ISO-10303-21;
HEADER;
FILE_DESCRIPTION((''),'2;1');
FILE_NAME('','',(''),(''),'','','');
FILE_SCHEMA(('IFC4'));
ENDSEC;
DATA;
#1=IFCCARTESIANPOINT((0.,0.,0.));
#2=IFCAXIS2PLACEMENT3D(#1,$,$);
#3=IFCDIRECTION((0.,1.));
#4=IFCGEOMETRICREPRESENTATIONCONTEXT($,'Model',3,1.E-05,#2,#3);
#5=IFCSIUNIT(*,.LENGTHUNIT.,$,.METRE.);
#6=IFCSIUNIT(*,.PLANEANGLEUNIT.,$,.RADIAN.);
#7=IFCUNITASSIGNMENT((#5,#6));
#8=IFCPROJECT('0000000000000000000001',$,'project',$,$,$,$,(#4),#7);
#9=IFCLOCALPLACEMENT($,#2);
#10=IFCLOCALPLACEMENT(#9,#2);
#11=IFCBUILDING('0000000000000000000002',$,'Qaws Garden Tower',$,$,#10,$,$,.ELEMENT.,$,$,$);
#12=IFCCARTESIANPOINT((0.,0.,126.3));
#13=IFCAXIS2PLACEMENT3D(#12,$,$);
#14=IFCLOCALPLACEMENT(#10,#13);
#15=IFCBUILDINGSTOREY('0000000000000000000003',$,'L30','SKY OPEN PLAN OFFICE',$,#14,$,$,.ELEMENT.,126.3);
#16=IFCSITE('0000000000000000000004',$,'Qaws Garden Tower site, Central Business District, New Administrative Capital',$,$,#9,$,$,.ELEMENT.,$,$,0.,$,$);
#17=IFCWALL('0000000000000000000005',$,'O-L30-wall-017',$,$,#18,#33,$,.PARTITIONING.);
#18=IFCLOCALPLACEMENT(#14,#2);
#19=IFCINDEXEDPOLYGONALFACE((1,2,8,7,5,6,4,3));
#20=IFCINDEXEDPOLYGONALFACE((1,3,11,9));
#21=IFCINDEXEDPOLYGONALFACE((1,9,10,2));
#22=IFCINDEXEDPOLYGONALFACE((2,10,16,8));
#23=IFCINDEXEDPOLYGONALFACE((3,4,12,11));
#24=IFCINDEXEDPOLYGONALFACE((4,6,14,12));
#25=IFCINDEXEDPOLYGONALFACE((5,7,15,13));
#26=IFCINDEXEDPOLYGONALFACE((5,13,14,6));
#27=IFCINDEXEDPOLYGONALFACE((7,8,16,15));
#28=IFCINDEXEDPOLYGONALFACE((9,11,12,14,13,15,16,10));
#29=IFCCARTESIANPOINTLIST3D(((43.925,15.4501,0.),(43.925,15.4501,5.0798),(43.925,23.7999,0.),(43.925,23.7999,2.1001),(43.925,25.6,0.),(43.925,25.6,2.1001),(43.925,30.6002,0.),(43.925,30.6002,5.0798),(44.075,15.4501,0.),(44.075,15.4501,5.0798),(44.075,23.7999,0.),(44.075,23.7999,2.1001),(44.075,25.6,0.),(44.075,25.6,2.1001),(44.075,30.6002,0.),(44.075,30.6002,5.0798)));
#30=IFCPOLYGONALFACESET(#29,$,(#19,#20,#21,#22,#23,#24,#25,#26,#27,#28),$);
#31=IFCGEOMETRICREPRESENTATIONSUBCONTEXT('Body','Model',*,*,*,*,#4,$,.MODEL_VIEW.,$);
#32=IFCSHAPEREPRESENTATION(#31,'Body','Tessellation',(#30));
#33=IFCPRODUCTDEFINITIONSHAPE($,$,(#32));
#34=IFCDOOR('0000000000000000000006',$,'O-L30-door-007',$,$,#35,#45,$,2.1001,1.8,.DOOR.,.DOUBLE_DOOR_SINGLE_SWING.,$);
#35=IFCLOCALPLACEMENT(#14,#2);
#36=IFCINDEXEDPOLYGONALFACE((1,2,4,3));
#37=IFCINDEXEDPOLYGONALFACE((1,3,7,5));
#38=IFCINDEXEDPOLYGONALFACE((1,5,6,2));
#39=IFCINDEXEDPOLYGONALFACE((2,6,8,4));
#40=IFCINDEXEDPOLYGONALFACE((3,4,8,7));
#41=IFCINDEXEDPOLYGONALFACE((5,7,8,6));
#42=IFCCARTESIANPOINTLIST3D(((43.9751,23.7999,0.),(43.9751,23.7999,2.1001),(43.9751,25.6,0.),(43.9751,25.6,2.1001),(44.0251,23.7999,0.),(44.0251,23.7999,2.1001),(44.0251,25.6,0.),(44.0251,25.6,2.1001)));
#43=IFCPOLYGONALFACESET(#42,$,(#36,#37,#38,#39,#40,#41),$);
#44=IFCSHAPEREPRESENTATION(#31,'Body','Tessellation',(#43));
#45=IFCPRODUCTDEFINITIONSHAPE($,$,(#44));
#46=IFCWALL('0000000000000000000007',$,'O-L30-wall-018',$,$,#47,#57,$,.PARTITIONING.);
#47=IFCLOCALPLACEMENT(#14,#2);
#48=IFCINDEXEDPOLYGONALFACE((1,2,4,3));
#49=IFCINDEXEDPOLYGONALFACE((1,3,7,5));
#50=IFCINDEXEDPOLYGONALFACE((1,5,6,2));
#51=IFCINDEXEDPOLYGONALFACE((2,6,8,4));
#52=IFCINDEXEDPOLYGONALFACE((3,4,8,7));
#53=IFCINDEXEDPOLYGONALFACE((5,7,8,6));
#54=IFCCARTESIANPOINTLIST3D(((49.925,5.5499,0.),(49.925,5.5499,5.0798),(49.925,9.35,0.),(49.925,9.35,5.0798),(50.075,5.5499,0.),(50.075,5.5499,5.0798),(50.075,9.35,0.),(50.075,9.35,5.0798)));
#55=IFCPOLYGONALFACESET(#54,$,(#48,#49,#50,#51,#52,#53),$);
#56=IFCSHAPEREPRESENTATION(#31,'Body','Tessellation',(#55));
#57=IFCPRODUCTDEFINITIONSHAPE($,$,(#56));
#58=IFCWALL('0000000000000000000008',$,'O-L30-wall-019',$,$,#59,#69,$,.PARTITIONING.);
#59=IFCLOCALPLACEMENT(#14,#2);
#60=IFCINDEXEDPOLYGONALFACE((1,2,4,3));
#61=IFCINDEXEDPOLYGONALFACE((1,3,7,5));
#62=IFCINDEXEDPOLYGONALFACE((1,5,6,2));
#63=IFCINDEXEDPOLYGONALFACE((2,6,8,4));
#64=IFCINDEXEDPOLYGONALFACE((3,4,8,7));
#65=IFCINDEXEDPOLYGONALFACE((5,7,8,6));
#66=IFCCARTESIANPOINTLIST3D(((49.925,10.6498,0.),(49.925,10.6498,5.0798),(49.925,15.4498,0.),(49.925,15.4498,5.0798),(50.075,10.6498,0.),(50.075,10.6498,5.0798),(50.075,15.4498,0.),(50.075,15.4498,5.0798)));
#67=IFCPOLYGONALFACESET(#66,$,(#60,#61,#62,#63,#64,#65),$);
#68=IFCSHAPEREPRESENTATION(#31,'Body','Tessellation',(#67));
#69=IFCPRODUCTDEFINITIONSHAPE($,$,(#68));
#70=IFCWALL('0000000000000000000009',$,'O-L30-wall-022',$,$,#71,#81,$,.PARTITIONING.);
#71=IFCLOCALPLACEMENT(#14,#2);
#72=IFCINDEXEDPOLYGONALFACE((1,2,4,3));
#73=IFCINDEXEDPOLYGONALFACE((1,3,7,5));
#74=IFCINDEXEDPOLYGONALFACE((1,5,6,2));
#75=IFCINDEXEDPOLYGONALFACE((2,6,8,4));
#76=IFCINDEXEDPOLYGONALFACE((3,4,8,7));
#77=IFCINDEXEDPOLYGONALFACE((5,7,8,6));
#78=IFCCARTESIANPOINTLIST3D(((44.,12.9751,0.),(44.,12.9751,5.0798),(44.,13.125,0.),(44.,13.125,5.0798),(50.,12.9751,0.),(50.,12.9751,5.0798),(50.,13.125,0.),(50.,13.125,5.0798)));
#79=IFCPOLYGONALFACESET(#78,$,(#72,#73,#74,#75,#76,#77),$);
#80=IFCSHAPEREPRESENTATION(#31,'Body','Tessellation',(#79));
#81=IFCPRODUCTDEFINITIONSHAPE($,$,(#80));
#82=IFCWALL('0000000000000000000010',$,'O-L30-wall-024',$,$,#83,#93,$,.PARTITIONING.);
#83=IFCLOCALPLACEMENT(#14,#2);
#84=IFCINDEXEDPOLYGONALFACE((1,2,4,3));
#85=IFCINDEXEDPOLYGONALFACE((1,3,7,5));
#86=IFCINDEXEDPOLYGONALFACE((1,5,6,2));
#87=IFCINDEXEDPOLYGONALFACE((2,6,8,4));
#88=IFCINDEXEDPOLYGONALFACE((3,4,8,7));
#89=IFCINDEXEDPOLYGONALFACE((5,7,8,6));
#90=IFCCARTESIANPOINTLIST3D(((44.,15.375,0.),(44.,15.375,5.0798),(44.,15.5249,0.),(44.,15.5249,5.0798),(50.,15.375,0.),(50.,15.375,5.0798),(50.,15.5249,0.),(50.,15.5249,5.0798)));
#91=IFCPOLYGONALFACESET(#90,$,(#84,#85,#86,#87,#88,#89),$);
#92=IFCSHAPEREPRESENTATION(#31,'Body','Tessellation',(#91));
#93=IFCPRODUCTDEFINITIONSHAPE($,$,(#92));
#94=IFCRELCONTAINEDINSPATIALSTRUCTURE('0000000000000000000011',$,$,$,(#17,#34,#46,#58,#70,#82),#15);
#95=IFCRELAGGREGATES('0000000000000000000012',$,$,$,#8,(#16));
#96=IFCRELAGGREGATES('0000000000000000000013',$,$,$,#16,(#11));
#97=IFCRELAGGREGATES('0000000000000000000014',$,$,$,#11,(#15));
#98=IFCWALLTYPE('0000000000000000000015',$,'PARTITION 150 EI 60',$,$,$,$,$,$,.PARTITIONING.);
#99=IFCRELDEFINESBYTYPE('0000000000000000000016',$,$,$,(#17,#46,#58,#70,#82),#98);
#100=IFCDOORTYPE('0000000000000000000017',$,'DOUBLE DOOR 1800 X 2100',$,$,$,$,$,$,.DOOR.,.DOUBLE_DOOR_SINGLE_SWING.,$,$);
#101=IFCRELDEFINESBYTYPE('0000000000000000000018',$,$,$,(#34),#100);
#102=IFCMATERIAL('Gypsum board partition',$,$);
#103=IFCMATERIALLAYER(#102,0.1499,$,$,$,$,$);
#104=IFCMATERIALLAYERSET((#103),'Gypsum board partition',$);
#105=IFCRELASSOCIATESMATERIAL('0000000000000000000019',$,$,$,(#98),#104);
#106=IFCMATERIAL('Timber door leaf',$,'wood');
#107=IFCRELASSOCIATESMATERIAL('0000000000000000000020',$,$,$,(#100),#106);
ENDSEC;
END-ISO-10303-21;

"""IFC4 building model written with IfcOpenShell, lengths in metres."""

from ifc_helpers import new_model, si_unit, direction, frame, frame_2d, origin, place, context, subcontext, project, spatial, rectangle, extrude, material, layer, layer_set, type_object, element, fill, save


model = new_model("IFC4")

# Units and contexts
model_context = context("Model", 3, precision=1e-05, world=origin(), true_north=direction((0.0, 1.0)))
body_context = subcontext(model_context, "Body", "Model", "MODEL_VIEW")
ifc_project = project(units=[si_unit("LENGTHUNIT", "METRE"), si_unit("PLANEANGLEUNIT", "RADIAN")], contexts=[model_context])

# Site, building, storey
site_placement = place(None, origin())
site = spatial("IfcSite", under=ifc_project, at=site_placement, Name="Qaws Garden Tower site, Central Business District, New Administrative Capital", CompositionType="ELEMENT", RefElevation=0.0)
building_placement = place(site_placement, origin())
building = spatial("IfcBuilding", under=site, at=building_placement, Name="Qaws Garden Tower", CompositionType="ELEMENT")
storey_placement = place(building_placement, frame((0.0, 0.0, 126.3)))
storey = spatial("IfcBuildingStorey", under=building, at=storey_placement, Name="L30", Description="SKY OPEN PLAN OFFICE", CompositionType="ELEMENT", Elevation=126.3)

# Wall, opening, door
ifc_material_1 = material(Name="Gypsum board partition")
ifc_layer_1 = layer(ifc_material_1, 0.1499)
ifc_layer_set_1 = layer_set([ifc_layer_1], Name="Gypsum board partition")
wall_type_1 = type_object("IfcWallType", Name="PARTITION 150 EI 60", PredefinedType="PARTITIONING", material=ifc_layer_set_1)
wall_1_placement = place(storey_placement, frame((44.0, 15.45, 0.0), z_axis=(0.0, 0.0, 1.0), x_axis=(0.0, 1.0, 0.0)))
wall_1 = element("IfcWall", 1, at=wall_1_placement, inside=storey, type_object=wall_type_1, Name="O-L30-wall-017", PredefinedType="PARTITIONING", context=body_context, shape_type="SweptSolid", body=[
    extrude(rectangle(XDim=15.1501, YDim=0.1499, at=frame_2d((7.5752, 0.0))), origin(), (0.0, 0.0, 1.0), 5.0798),
])
opening_1_placement = place(wall_1_placement, frame((8.3501, 0.0, 0.0)))
opening_1 = element("IfcOpeningElement", 2, at=opening_1_placement, cuts=wall_1, PredefinedType="OPENING", context=body_context, shape_type="SweptSolid", body=[
    extrude(rectangle(XDim=1.8, YDim=2.1001, at=frame_2d((0.8999, 1.05))), frame((0.0, 0.085, 0.0), z_axis=(0.0, -1.0, 0.0), x_axis=(1.0, 0.0, 0.0)), (0.0, 0.0, 1.0), 0.1699),
])
ifc_material_2 = material(Name="Timber door leaf", Category="wood")
door_type_1 = type_object("IfcDoorType", Name="DOUBLE DOOR 1800 X 2100", OperationType="DOUBLE_DOOR_SINGLE_SWING", PredefinedType="DOOR", material=ifc_material_2)
door_1_placement = place(opening_1_placement, origin())
door_1 = element("IfcDoor", 3, at=door_1_placement, inside=storey, type_object=door_type_1, Name="O-L30-door-007", OperationType="DOUBLE_DOOR_SINGLE_SWING", OverallHeight=2.1001, OverallWidth=1.8, PredefinedType="DOOR", context=body_context, shape_type="SweptSolid", body=[
    extrude(rectangle(XDim=1.8, YDim=2.1001, at=frame_2d((0.8999, 1.05))), frame((0.0, 0.0249, 0.0), z_axis=(0.0, -1.0, 0.0), x_axis=(1.0, 0.0, 0.0)), (0.0, 0.0, 1.0), 0.05),
])
fill(opening_1, door_1)

# Walls
wall_2_placement = place(storey_placement, frame((50.0, 5.55, 0.0), z_axis=(0.0, 0.0, 1.0), x_axis=(0.0, 1.0, 0.0)))
element("IfcWall", 4, at=wall_2_placement, inside=storey, type_object=wall_type_1, Name="O-L30-wall-018", PredefinedType="PARTITIONING", context=body_context, shape_type="SweptSolid", body=[
    extrude(rectangle(XDim=3.8, YDim=0.1499, at=frame_2d((1.8999, 0.0))), origin(), (0.0, 0.0, 1.0), 5.0798),
])
wall_3_placement = place(storey_placement, frame((50.0, 10.6499, 0.0), z_axis=(0.0, 0.0, 1.0), x_axis=(0.0, 1.0, 0.0)))
element("IfcWall", 5, at=wall_3_placement, inside=storey, type_object=wall_type_1, Name="O-L30-wall-019", PredefinedType="PARTITIONING", context=body_context, shape_type="SweptSolid", body=[
    extrude(rectangle(XDim=4.8, YDim=0.1499, at=frame_2d((2.3999, 0.0))), origin(), (0.0, 0.0, 1.0), 5.0798),
])
for number, where, z_axis, x_axis, name in (
    (6, (44.0, 13.05, 0.0), (0.0, 0.0, 1.0), (1.0, 0.0, 0.0), "O-L30-wall-022"),
    (7, (44.0, 15.45, 0.0), (0.0, 0.0, 1.0), (1.0, 0.0, 0.0), "O-L30-wall-024"),
):
    element("IfcWall", number, at=place(storey_placement, frame(where, z_axis=z_axis, x_axis=x_axis)), inside=storey, type_object=wall_type_1, Name=name, PredefinedType="PARTITIONING", context=body_context, shape_type="SweptSolid", body=[
        extrude(rectangle(XDim=6.0, YDim=0.1499, at=frame_2d((3.0, 0.0))), origin(), (0.0, 0.0, 1.0), 5.0798),
    ])

save(model, "model.ifc")
